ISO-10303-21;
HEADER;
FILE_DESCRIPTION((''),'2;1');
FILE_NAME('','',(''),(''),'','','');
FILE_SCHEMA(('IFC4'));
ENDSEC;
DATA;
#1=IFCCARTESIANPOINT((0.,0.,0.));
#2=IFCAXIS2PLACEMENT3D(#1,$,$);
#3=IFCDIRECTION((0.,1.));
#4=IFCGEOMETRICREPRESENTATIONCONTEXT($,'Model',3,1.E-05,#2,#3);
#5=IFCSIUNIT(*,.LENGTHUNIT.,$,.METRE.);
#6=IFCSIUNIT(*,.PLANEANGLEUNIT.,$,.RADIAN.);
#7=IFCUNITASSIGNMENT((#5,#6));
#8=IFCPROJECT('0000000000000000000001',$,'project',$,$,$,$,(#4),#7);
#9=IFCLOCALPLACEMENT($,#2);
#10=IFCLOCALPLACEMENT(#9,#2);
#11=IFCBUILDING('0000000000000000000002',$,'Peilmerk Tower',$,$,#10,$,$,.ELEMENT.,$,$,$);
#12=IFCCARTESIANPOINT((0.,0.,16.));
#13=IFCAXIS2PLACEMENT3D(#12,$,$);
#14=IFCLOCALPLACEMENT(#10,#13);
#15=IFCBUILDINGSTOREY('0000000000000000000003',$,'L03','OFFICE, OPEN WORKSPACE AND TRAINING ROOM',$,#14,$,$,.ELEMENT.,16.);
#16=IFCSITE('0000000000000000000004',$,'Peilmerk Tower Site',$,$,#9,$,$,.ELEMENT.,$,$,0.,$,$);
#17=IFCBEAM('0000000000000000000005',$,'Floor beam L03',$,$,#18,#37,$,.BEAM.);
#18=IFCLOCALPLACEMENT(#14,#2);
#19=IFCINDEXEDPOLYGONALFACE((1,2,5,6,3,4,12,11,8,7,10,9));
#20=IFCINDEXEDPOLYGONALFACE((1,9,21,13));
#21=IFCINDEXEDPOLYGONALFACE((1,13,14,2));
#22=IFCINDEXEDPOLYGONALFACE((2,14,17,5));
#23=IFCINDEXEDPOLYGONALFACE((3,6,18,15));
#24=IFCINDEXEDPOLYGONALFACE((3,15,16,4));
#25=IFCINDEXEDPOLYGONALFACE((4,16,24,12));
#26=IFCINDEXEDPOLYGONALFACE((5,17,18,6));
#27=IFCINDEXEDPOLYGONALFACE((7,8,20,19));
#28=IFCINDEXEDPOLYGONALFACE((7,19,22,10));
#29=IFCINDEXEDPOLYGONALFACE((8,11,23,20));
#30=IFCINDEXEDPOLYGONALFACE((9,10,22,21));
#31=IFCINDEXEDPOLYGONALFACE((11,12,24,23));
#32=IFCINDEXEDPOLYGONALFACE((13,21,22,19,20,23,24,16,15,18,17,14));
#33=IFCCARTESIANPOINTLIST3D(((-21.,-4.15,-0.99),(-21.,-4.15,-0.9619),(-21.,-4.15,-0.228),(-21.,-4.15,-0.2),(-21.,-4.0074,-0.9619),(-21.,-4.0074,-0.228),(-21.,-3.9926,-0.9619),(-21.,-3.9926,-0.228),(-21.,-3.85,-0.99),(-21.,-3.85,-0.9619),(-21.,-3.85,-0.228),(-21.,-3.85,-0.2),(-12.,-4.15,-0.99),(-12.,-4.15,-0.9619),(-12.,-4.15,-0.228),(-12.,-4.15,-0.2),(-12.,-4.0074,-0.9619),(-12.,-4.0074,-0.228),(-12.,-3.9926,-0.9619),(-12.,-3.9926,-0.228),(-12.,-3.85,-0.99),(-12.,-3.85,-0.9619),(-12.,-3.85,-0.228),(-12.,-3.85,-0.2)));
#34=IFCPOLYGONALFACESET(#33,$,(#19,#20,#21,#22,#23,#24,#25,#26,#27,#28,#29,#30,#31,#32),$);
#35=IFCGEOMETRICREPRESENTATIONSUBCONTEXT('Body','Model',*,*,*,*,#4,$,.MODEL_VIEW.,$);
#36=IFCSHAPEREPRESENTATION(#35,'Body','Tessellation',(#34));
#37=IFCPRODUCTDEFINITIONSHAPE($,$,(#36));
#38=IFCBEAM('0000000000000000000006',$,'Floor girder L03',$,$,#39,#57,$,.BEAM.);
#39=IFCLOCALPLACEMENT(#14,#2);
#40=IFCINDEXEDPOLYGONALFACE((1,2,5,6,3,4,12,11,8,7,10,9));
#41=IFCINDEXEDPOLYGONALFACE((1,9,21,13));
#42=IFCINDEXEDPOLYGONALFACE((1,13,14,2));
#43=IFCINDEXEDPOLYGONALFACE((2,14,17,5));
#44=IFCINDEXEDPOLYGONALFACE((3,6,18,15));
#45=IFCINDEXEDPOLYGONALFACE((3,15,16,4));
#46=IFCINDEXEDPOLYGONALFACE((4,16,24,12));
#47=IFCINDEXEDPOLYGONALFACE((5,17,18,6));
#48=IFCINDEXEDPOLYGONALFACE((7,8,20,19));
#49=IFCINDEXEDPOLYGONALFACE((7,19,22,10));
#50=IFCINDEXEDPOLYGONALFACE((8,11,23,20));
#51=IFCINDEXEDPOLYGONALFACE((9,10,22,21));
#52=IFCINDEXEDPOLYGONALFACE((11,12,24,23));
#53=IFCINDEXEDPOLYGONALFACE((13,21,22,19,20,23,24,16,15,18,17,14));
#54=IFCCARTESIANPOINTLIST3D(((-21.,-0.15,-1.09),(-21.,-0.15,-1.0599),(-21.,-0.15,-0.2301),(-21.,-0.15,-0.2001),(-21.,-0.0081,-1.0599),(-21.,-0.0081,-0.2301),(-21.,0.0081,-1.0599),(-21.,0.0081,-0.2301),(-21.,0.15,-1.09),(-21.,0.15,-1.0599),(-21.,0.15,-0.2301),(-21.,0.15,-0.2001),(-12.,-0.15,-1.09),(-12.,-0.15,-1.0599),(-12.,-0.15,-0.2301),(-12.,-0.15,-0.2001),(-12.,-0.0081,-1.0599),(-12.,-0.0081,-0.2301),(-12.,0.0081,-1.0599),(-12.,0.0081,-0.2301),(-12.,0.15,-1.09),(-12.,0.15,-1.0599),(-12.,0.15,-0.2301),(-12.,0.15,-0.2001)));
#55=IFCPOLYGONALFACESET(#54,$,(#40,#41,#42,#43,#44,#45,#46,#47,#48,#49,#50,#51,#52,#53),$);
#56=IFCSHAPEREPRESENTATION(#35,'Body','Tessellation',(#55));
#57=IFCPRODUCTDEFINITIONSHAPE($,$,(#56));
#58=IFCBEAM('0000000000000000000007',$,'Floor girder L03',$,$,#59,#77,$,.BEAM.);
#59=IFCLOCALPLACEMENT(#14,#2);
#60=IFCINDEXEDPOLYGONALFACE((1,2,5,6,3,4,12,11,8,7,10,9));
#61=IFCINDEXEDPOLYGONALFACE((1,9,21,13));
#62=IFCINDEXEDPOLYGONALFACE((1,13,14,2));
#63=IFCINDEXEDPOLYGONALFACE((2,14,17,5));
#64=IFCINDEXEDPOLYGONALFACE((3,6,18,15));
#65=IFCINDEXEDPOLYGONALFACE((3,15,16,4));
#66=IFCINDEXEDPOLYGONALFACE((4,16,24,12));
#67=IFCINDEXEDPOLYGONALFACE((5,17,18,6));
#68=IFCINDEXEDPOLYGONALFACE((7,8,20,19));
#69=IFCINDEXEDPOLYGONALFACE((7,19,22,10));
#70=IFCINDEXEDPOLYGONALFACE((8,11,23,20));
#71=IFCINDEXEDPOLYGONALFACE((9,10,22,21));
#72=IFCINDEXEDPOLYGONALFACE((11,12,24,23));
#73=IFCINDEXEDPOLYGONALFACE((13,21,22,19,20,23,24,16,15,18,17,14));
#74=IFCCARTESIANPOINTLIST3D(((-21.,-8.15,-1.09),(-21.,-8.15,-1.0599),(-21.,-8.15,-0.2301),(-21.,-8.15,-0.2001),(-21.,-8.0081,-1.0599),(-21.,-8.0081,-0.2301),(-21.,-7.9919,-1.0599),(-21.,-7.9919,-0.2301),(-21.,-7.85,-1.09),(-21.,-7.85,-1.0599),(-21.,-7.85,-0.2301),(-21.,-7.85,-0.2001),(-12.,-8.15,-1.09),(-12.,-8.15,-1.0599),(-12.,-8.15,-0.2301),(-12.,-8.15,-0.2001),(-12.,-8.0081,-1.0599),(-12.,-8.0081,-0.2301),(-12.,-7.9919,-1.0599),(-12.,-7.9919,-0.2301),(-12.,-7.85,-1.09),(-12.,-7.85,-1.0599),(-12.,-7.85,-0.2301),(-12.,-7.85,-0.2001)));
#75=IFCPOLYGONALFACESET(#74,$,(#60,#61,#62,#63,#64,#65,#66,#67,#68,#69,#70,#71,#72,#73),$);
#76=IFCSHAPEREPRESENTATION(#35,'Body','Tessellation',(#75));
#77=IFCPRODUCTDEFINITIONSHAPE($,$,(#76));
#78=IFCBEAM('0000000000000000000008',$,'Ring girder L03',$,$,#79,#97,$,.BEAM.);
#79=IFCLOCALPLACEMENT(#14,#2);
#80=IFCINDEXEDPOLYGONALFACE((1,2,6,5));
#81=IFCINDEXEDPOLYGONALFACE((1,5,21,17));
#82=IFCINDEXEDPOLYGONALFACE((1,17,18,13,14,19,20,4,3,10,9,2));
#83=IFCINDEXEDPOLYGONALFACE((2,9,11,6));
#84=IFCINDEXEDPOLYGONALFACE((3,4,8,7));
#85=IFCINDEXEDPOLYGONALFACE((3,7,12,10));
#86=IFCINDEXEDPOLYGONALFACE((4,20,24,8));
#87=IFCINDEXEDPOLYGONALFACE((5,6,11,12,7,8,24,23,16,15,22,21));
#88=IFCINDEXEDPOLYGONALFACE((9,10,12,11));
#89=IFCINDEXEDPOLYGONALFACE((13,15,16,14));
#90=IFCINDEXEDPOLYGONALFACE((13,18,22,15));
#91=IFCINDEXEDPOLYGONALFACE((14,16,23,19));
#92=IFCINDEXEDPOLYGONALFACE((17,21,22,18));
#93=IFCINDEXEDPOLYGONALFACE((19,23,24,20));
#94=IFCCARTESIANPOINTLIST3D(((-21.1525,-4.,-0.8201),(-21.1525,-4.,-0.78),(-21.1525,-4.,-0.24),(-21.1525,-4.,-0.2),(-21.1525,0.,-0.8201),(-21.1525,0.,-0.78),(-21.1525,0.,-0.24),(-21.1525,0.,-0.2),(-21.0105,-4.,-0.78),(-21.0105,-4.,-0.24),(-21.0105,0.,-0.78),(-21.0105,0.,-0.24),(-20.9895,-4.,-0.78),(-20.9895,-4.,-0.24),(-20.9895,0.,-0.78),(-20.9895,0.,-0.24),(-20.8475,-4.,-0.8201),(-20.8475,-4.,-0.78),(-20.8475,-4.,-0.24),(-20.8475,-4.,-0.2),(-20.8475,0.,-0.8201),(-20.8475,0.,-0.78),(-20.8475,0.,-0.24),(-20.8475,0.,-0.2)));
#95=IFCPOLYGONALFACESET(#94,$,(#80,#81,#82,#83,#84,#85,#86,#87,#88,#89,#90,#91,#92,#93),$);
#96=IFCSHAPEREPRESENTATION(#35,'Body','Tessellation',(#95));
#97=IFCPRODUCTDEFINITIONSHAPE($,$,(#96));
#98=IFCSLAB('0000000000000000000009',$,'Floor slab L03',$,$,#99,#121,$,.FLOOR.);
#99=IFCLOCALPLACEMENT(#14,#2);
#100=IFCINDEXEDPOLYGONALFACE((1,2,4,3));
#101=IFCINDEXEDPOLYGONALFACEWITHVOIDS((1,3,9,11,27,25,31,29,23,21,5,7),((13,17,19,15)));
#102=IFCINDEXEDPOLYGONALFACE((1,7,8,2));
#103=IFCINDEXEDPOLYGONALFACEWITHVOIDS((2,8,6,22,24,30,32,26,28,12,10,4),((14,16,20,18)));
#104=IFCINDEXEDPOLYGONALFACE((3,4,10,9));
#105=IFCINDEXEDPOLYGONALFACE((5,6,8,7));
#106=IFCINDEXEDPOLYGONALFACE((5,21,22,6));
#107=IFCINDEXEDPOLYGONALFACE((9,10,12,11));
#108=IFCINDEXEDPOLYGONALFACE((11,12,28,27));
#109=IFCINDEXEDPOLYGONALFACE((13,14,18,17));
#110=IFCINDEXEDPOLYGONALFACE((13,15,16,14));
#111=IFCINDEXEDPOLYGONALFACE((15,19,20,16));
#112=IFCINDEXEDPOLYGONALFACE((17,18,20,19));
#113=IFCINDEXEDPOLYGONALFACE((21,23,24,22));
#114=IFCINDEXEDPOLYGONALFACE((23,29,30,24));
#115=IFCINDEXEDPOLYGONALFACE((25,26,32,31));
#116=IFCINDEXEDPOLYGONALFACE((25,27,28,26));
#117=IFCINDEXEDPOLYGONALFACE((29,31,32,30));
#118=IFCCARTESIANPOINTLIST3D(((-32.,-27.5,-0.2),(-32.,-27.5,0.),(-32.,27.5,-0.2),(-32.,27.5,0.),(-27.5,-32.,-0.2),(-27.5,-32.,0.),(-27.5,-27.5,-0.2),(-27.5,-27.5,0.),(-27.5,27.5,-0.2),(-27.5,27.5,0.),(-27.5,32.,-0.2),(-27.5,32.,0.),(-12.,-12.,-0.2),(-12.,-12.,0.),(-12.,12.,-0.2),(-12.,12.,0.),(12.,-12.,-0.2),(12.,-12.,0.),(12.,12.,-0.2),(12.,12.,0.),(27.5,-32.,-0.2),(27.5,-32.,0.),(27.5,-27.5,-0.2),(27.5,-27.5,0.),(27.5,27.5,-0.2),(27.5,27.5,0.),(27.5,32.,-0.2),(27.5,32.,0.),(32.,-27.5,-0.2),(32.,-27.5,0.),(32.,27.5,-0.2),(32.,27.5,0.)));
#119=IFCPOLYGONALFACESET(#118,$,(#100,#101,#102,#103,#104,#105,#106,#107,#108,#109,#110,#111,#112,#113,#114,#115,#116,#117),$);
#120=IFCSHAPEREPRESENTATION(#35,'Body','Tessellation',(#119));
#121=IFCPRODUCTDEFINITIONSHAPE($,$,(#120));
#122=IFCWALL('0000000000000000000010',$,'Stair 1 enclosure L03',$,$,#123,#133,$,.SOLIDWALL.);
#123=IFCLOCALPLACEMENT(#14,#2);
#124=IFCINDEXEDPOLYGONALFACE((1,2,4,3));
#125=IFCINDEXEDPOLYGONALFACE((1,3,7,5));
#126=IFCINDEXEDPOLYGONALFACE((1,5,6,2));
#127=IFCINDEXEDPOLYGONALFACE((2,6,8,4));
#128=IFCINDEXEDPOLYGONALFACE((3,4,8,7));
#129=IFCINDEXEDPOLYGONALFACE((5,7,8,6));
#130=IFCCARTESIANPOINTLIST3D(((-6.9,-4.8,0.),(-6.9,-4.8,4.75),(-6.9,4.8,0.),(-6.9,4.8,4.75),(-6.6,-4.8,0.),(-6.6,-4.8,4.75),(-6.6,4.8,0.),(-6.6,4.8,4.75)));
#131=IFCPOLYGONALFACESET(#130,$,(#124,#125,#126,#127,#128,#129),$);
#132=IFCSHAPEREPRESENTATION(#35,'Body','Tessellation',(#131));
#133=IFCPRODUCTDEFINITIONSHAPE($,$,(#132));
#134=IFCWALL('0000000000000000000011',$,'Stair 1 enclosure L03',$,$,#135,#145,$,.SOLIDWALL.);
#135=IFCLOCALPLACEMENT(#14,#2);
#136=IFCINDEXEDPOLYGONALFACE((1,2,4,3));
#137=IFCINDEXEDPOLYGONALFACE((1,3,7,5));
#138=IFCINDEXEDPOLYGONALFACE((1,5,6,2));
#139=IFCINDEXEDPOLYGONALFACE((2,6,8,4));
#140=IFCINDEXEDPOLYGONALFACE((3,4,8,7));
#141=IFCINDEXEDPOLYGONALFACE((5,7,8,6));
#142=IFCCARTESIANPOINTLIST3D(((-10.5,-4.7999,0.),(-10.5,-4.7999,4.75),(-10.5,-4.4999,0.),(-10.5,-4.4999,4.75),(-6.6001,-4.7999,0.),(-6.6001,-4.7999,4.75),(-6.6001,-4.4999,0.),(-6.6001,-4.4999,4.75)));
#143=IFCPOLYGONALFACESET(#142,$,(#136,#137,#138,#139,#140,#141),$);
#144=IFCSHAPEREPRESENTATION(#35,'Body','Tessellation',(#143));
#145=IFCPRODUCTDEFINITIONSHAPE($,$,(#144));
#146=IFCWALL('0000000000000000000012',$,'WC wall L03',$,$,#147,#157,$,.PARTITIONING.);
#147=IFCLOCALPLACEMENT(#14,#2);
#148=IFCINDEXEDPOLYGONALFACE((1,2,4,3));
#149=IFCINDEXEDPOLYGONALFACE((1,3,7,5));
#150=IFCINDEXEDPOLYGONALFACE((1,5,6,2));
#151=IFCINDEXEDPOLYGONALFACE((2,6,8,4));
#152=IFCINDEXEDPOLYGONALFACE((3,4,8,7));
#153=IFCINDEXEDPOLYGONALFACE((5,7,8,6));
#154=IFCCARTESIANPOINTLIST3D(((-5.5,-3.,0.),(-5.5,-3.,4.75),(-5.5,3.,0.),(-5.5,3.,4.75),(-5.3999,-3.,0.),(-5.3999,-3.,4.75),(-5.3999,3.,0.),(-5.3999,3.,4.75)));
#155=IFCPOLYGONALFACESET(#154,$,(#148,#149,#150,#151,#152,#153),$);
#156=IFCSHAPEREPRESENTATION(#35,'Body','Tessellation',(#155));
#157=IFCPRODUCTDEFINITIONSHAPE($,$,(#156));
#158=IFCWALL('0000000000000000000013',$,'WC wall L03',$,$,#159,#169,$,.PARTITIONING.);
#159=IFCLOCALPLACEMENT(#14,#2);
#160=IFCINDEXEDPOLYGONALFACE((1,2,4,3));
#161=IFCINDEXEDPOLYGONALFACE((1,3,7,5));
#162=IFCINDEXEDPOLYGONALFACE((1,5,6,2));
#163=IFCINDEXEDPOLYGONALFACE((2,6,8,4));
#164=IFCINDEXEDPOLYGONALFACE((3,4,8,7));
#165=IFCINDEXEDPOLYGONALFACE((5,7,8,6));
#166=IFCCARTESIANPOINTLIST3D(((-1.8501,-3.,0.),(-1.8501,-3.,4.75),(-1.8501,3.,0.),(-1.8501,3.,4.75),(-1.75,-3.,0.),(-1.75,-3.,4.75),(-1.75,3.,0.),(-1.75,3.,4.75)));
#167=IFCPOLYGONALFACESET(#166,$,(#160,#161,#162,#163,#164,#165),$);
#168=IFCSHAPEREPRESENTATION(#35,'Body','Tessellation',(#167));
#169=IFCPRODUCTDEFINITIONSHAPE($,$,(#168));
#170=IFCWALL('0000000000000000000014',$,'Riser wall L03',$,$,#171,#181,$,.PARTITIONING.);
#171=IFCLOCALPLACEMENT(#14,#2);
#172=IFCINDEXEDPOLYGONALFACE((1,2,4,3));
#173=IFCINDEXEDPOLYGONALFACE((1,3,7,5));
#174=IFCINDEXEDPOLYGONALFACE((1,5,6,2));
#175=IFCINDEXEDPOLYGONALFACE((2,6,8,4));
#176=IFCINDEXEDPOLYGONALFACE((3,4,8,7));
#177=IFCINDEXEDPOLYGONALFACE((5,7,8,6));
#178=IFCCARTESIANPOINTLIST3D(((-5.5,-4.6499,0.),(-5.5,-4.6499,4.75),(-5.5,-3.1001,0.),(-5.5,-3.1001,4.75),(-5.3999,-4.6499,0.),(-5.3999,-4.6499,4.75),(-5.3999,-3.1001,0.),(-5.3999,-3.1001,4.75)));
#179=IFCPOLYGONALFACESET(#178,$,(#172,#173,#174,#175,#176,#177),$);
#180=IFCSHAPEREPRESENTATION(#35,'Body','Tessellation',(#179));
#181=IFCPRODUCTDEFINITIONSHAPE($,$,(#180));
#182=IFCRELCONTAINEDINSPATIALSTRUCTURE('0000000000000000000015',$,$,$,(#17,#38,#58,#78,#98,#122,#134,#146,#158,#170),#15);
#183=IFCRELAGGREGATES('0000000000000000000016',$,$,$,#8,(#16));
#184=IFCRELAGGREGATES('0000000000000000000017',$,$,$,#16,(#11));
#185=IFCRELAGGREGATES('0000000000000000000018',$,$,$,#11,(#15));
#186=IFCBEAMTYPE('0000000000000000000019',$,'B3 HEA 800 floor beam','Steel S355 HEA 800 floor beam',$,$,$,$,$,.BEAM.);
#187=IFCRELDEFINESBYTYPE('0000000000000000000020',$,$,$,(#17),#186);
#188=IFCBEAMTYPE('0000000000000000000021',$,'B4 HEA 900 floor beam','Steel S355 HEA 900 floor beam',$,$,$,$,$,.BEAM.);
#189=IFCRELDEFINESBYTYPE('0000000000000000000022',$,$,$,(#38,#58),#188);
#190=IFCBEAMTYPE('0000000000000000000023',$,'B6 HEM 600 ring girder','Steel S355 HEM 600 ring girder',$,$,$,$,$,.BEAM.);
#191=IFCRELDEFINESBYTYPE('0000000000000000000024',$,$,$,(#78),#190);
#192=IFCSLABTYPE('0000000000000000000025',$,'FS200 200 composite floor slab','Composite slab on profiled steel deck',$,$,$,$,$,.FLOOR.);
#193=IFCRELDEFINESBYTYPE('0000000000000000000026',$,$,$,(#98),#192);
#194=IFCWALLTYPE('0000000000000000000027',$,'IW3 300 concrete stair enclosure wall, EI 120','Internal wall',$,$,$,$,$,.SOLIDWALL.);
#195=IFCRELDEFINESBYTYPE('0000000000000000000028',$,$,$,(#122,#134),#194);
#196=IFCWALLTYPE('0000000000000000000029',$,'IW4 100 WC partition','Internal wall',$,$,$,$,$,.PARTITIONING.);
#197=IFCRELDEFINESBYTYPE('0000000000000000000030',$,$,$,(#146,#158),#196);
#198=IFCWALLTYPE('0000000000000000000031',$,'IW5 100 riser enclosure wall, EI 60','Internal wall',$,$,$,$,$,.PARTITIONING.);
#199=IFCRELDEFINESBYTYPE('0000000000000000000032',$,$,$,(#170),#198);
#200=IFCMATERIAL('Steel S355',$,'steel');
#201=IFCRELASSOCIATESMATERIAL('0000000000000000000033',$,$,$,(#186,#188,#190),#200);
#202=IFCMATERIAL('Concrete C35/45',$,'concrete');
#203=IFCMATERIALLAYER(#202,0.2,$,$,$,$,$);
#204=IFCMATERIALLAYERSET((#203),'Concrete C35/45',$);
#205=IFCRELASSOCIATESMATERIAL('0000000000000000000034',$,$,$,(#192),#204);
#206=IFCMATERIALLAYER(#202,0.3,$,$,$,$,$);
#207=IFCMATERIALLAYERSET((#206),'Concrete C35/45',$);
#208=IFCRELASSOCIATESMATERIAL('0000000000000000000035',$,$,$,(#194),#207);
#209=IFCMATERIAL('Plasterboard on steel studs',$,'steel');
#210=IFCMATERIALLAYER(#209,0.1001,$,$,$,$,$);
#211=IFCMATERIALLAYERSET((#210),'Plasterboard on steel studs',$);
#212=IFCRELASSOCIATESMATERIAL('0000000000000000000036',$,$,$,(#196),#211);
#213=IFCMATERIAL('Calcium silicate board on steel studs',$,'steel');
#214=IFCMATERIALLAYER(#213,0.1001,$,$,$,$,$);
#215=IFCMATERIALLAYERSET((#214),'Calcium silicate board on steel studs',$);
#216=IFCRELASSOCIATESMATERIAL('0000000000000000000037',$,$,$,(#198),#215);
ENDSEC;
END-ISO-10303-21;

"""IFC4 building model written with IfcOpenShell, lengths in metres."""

from ifc_helpers import new_model, si_unit, direction, frame, frame_2d, origin, origin_2d, place, context, subcontext, project, spatial, polyline, rectangle, i_section, outline, extrude, material, layer, layer_set, material_profile, profile_set, type_object, element, save


model = new_model("IFC4")

# Units and contexts
model_context = context("Model", 3, precision=1e-05, world=origin(), true_north=direction((0.0, 1.0)))
body_context = subcontext(model_context, "Body", "Model", "MODEL_VIEW")
ifc_project = project(units=[si_unit("LENGTHUNIT", "METRE"), si_unit("PLANEANGLEUNIT", "RADIAN")], contexts=[model_context])

# Site, building, storey
site_placement = place(None, origin())
site = spatial("IfcSite", under=ifc_project, at=site_placement, Name="Peilmerk Tower Site", CompositionType="ELEMENT", RefElevation=0.0)
building_placement = place(site_placement, origin())
building = spatial("IfcBuilding", under=site, at=building_placement, Name="Peilmerk Tower", CompositionType="ELEMENT")
storey_placement = place(building_placement, frame((0.0, 0.0, 16.0)))
storey = spatial("IfcBuildingStorey", under=building, at=storey_placement, Name="L03", Description="OFFICE, OPEN WORKSPACE AND TRAINING ROOM", CompositionType="ELEMENT", Elevation=16.0)

# Beams
ifc_material_1 = material(Name="Steel S355", Category="steel")
ifc_material_profile_1 = material_profile(ifc_material_1, i_section(OverallWidth=0.3, OverallDepth=0.79, WebThickness=0.0149, FlangeThickness=0.0281, at=origin_2d()), Name="HEA 800")
ifc_profile_set_1 = profile_set([ifc_material_profile_1], Name="Steel S355")
beam_type_1 = type_object("IfcBeamType", Name="B3 HEA 800 floor beam", Description="Steel S355 HEA 800 floor beam", PredefinedType="BEAM", material=ifc_profile_set_1)
beam_1_placement = place(storey_placement, frame((-12.0, -4.0, -0.595), z_axis=(-1.0, 0.0, 0.0), x_axis=(0.0, -1.0, 0.0)))
element("IfcBeam", 1, at=beam_1_placement, inside=storey, type_object=beam_type_1, Name="Floor beam L03", PredefinedType="BEAM", context=body_context, shape_type="SweptSolid", body=[
    extrude(i_section(OverallWidth=0.3, OverallDepth=0.79, WebThickness=0.0149, FlangeThickness=0.0281, at=origin_2d()), origin(), (0.0, 0.0, 1.0), 9.0),
])
ifc_material_profile_2 = material_profile(ifc_material_1, i_section(OverallWidth=0.3, OverallDepth=0.8899, WebThickness=0.0161, FlangeThickness=0.03, at=origin_2d()), Name="HEA 900")
ifc_profile_set_2 = profile_set([ifc_material_profile_2], Name="Steel S355")
beam_type_2 = type_object("IfcBeamType", Name="B4 HEA 900 floor beam", Description="Steel S355 HEA 900 floor beam", PredefinedType="BEAM", material=ifc_profile_set_2)
for number, where, z_axis, x_axis, name in (
    (2, (-12.0, 0.0, -0.645), (-1.0, 0.0, 0.0), (0.0, -1.0, 0.0), "Floor girder L03"),
    (3, (-12.0, -8.0, -0.645), (-1.0, 0.0, 0.0), (0.0, -1.0, 0.0), "Floor girder L03"),
):
    element("IfcBeam", number, at=place(storey_placement, frame(where, z_axis=z_axis, x_axis=x_axis)), inside=storey, type_object=beam_type_2, Name=name, PredefinedType="BEAM", context=body_context, shape_type="SweptSolid", body=[
        extrude(i_section(OverallWidth=0.3, OverallDepth=0.8899, WebThickness=0.0161, FlangeThickness=0.03, at=origin_2d()), origin(), (0.0, 0.0, 1.0), 9.0),
    ])
ifc_material_profile_3 = material_profile(ifc_material_1, i_section(OverallWidth=0.3049, OverallDepth=0.6201, WebThickness=0.021, FlangeThickness=0.04, at=origin_2d()), Name="HEM 600")
ifc_profile_set_3 = profile_set([ifc_material_profile_3], Name="Steel S355")
beam_type_3 = type_object("IfcBeamType", Name="B6 HEM 600 ring girder", Description="Steel S355 HEM 600 ring girder", PredefinedType="BEAM", material=ifc_profile_set_3)
beam_2_placement = place(storey_placement, frame((-21.0, 0.0, -0.51), z_axis=(0.0, -1.0, 0.0), x_axis=(1.0, 0.0, 0.0)))
element("IfcBeam", 4, at=beam_2_placement, inside=storey, type_object=beam_type_3, Name="Ring girder L03", PredefinedType="BEAM", context=body_context, shape_type="SweptSolid", body=[
    extrude(i_section(OverallWidth=0.3049, OverallDepth=0.6201, WebThickness=0.021, FlangeThickness=0.04, at=origin_2d()), origin(), (0.0, 0.0, 1.0), 4.0),
])

# Slab
ifc_material_2 = material(Name="Concrete C35/45", Category="concrete")
ifc_layer_1 = layer(ifc_material_2, 0.2)
ifc_layer_set_1 = layer_set([ifc_layer_1], Name="Concrete C35/45")
slab_type = type_object("IfcSlabType", Name="FS200 200 composite floor slab", Description="Composite slab on profiled steel deck", PredefinedType="FLOOR", material=ifc_layer_set_1)
slab_placement = place(storey_placement, frame((0.0, 0.0, -0.2)))
element("IfcSlab", 5, at=slab_placement, inside=storey, type_object=slab_type, Name="Floor slab L03", PredefinedType="FLOOR", context=body_context, shape_type="SweptSolid", body=[
    extrude(outline(polyline([(-27.5, -32.0), (27.5, -32.0), (27.5, -27.5), (32.0, -27.5), (32.0, 27.5), (27.5, 27.5), (27.5, 32.0), (-27.5, 32.0), (-27.5, 27.5), (-32.0, 27.5), (-32.0, -27.5), (-27.5, -27.5), (-27.5, -32.0)]), holes=[polyline([(12.0, 12.0), (12.0, -12.0), (-12.0, -12.0), (-12.0, 12.0), (12.0, 12.0)])]), origin(), (0.0, 0.0, 1.0), 0.2),
])

# Walls
ifc_layer_2 = layer(ifc_material_2, 0.3)
ifc_layer_set_2 = layer_set([ifc_layer_2], Name="Concrete C35/45")
wall_type_1 = type_object("IfcWallType", Name="IW3 300 concrete stair enclosure wall, EI 120", Description="Internal wall", PredefinedType="SOLIDWALL", material=ifc_layer_set_2)
wall_1_placement = place(storey_placement, frame((-6.75, -4.8, 0.0), z_axis=(0.0, 0.0, 1.0), x_axis=(0.0, 1.0, 0.0)))
element("IfcWall", 6, at=wall_1_placement, inside=storey, type_object=wall_type_1, Name="Stair 1 enclosure L03", PredefinedType="SOLIDWALL", context=body_context, shape_type="SweptSolid", body=[
    extrude(rectangle(XDim=9.6001, YDim=0.3, at=frame_2d((4.8, 0.0))), origin(), (0.0, 0.0, 1.0), 4.75),
])
wall_2_placement = place(storey_placement, frame((-6.6001, -4.6499, 0.0), z_axis=(0.0, 0.0, 1.0), x_axis=(-1.0, 0.0, 0.0)))
element("IfcWall", 7, at=wall_2_placement, inside=storey, type_object=wall_type_1, Name="Stair 1 enclosure L03", PredefinedType="SOLIDWALL", context=body_context, shape_type="SweptSolid", body=[
    extrude(rectangle(XDim=3.8999, YDim=0.3, at=frame_2d((1.95, 0.0))), origin(), (0.0, 0.0, 1.0), 4.75),
])
ifc_material_3 = material(Name="Plasterboard on steel studs", Category="steel")
ifc_layer_3 = layer(ifc_material_3, 0.1001)
ifc_layer_set_3 = layer_set([ifc_layer_3], Name="Plasterboard on steel studs")
wall_type_2 = type_object("IfcWallType", Name="IW4 100 WC partition", Description="Internal wall", PredefinedType="PARTITIONING", material=ifc_layer_set_3)
for number, where, z_axis, x_axis, name in (
    (8, (-5.45, -3.0, 0.0), (0.0, 0.0, 1.0), (0.0, 1.0, 0.0), "WC wall L03"),
    (9, (-1.8, -3.0, 0.0), (0.0, 0.0, 1.0), (0.0, 1.0, 0.0), "WC wall L03"),
):
    element("IfcWall", number, at=place(storey_placement, frame(where, z_axis=z_axis, x_axis=x_axis)), inside=storey, type_object=wall_type_2, Name=name, PredefinedType="PARTITIONING", context=body_context, shape_type="SweptSolid", body=[
        extrude(rectangle(XDim=6.0, YDim=0.1001, at=frame_2d((3.0, 0.0))), origin(), (0.0, 0.0, 1.0), 4.75),
    ])
ifc_material_4 = material(Name="Calcium silicate board on steel studs", Category="steel")
ifc_layer_4 = layer(ifc_material_4, 0.1001)
ifc_layer_set_4 = layer_set([ifc_layer_4], Name="Calcium silicate board on steel studs")
wall_type_3 = type_object("IfcWallType", Name="IW5 100 riser enclosure wall, EI 60", Description="Internal wall", PredefinedType="PARTITIONING", material=ifc_layer_set_4)
for number, where, z_axis, x_axis, name in (
    (10, (-5.45, -3.1001, 0.0), (0.0, 0.0, 1.0), (0.0, -1.0, 0.0), "Riser wall L03"),
):
    element("IfcWall", number, at=place(storey_placement, frame(where, z_axis=z_axis, x_axis=x_axis)), inside=storey, type_object=wall_type_3, Name=name, PredefinedType="PARTITIONING", context=body_context, shape_type="SweptSolid", body=[
        extrude(rectangle(XDim=1.5498, YDim=0.1001, at=frame_2d((0.7749, 0.0))), origin(), (0.0, 0.0, 1.0), 4.75),
    ])

save(model, "model.ifc")
